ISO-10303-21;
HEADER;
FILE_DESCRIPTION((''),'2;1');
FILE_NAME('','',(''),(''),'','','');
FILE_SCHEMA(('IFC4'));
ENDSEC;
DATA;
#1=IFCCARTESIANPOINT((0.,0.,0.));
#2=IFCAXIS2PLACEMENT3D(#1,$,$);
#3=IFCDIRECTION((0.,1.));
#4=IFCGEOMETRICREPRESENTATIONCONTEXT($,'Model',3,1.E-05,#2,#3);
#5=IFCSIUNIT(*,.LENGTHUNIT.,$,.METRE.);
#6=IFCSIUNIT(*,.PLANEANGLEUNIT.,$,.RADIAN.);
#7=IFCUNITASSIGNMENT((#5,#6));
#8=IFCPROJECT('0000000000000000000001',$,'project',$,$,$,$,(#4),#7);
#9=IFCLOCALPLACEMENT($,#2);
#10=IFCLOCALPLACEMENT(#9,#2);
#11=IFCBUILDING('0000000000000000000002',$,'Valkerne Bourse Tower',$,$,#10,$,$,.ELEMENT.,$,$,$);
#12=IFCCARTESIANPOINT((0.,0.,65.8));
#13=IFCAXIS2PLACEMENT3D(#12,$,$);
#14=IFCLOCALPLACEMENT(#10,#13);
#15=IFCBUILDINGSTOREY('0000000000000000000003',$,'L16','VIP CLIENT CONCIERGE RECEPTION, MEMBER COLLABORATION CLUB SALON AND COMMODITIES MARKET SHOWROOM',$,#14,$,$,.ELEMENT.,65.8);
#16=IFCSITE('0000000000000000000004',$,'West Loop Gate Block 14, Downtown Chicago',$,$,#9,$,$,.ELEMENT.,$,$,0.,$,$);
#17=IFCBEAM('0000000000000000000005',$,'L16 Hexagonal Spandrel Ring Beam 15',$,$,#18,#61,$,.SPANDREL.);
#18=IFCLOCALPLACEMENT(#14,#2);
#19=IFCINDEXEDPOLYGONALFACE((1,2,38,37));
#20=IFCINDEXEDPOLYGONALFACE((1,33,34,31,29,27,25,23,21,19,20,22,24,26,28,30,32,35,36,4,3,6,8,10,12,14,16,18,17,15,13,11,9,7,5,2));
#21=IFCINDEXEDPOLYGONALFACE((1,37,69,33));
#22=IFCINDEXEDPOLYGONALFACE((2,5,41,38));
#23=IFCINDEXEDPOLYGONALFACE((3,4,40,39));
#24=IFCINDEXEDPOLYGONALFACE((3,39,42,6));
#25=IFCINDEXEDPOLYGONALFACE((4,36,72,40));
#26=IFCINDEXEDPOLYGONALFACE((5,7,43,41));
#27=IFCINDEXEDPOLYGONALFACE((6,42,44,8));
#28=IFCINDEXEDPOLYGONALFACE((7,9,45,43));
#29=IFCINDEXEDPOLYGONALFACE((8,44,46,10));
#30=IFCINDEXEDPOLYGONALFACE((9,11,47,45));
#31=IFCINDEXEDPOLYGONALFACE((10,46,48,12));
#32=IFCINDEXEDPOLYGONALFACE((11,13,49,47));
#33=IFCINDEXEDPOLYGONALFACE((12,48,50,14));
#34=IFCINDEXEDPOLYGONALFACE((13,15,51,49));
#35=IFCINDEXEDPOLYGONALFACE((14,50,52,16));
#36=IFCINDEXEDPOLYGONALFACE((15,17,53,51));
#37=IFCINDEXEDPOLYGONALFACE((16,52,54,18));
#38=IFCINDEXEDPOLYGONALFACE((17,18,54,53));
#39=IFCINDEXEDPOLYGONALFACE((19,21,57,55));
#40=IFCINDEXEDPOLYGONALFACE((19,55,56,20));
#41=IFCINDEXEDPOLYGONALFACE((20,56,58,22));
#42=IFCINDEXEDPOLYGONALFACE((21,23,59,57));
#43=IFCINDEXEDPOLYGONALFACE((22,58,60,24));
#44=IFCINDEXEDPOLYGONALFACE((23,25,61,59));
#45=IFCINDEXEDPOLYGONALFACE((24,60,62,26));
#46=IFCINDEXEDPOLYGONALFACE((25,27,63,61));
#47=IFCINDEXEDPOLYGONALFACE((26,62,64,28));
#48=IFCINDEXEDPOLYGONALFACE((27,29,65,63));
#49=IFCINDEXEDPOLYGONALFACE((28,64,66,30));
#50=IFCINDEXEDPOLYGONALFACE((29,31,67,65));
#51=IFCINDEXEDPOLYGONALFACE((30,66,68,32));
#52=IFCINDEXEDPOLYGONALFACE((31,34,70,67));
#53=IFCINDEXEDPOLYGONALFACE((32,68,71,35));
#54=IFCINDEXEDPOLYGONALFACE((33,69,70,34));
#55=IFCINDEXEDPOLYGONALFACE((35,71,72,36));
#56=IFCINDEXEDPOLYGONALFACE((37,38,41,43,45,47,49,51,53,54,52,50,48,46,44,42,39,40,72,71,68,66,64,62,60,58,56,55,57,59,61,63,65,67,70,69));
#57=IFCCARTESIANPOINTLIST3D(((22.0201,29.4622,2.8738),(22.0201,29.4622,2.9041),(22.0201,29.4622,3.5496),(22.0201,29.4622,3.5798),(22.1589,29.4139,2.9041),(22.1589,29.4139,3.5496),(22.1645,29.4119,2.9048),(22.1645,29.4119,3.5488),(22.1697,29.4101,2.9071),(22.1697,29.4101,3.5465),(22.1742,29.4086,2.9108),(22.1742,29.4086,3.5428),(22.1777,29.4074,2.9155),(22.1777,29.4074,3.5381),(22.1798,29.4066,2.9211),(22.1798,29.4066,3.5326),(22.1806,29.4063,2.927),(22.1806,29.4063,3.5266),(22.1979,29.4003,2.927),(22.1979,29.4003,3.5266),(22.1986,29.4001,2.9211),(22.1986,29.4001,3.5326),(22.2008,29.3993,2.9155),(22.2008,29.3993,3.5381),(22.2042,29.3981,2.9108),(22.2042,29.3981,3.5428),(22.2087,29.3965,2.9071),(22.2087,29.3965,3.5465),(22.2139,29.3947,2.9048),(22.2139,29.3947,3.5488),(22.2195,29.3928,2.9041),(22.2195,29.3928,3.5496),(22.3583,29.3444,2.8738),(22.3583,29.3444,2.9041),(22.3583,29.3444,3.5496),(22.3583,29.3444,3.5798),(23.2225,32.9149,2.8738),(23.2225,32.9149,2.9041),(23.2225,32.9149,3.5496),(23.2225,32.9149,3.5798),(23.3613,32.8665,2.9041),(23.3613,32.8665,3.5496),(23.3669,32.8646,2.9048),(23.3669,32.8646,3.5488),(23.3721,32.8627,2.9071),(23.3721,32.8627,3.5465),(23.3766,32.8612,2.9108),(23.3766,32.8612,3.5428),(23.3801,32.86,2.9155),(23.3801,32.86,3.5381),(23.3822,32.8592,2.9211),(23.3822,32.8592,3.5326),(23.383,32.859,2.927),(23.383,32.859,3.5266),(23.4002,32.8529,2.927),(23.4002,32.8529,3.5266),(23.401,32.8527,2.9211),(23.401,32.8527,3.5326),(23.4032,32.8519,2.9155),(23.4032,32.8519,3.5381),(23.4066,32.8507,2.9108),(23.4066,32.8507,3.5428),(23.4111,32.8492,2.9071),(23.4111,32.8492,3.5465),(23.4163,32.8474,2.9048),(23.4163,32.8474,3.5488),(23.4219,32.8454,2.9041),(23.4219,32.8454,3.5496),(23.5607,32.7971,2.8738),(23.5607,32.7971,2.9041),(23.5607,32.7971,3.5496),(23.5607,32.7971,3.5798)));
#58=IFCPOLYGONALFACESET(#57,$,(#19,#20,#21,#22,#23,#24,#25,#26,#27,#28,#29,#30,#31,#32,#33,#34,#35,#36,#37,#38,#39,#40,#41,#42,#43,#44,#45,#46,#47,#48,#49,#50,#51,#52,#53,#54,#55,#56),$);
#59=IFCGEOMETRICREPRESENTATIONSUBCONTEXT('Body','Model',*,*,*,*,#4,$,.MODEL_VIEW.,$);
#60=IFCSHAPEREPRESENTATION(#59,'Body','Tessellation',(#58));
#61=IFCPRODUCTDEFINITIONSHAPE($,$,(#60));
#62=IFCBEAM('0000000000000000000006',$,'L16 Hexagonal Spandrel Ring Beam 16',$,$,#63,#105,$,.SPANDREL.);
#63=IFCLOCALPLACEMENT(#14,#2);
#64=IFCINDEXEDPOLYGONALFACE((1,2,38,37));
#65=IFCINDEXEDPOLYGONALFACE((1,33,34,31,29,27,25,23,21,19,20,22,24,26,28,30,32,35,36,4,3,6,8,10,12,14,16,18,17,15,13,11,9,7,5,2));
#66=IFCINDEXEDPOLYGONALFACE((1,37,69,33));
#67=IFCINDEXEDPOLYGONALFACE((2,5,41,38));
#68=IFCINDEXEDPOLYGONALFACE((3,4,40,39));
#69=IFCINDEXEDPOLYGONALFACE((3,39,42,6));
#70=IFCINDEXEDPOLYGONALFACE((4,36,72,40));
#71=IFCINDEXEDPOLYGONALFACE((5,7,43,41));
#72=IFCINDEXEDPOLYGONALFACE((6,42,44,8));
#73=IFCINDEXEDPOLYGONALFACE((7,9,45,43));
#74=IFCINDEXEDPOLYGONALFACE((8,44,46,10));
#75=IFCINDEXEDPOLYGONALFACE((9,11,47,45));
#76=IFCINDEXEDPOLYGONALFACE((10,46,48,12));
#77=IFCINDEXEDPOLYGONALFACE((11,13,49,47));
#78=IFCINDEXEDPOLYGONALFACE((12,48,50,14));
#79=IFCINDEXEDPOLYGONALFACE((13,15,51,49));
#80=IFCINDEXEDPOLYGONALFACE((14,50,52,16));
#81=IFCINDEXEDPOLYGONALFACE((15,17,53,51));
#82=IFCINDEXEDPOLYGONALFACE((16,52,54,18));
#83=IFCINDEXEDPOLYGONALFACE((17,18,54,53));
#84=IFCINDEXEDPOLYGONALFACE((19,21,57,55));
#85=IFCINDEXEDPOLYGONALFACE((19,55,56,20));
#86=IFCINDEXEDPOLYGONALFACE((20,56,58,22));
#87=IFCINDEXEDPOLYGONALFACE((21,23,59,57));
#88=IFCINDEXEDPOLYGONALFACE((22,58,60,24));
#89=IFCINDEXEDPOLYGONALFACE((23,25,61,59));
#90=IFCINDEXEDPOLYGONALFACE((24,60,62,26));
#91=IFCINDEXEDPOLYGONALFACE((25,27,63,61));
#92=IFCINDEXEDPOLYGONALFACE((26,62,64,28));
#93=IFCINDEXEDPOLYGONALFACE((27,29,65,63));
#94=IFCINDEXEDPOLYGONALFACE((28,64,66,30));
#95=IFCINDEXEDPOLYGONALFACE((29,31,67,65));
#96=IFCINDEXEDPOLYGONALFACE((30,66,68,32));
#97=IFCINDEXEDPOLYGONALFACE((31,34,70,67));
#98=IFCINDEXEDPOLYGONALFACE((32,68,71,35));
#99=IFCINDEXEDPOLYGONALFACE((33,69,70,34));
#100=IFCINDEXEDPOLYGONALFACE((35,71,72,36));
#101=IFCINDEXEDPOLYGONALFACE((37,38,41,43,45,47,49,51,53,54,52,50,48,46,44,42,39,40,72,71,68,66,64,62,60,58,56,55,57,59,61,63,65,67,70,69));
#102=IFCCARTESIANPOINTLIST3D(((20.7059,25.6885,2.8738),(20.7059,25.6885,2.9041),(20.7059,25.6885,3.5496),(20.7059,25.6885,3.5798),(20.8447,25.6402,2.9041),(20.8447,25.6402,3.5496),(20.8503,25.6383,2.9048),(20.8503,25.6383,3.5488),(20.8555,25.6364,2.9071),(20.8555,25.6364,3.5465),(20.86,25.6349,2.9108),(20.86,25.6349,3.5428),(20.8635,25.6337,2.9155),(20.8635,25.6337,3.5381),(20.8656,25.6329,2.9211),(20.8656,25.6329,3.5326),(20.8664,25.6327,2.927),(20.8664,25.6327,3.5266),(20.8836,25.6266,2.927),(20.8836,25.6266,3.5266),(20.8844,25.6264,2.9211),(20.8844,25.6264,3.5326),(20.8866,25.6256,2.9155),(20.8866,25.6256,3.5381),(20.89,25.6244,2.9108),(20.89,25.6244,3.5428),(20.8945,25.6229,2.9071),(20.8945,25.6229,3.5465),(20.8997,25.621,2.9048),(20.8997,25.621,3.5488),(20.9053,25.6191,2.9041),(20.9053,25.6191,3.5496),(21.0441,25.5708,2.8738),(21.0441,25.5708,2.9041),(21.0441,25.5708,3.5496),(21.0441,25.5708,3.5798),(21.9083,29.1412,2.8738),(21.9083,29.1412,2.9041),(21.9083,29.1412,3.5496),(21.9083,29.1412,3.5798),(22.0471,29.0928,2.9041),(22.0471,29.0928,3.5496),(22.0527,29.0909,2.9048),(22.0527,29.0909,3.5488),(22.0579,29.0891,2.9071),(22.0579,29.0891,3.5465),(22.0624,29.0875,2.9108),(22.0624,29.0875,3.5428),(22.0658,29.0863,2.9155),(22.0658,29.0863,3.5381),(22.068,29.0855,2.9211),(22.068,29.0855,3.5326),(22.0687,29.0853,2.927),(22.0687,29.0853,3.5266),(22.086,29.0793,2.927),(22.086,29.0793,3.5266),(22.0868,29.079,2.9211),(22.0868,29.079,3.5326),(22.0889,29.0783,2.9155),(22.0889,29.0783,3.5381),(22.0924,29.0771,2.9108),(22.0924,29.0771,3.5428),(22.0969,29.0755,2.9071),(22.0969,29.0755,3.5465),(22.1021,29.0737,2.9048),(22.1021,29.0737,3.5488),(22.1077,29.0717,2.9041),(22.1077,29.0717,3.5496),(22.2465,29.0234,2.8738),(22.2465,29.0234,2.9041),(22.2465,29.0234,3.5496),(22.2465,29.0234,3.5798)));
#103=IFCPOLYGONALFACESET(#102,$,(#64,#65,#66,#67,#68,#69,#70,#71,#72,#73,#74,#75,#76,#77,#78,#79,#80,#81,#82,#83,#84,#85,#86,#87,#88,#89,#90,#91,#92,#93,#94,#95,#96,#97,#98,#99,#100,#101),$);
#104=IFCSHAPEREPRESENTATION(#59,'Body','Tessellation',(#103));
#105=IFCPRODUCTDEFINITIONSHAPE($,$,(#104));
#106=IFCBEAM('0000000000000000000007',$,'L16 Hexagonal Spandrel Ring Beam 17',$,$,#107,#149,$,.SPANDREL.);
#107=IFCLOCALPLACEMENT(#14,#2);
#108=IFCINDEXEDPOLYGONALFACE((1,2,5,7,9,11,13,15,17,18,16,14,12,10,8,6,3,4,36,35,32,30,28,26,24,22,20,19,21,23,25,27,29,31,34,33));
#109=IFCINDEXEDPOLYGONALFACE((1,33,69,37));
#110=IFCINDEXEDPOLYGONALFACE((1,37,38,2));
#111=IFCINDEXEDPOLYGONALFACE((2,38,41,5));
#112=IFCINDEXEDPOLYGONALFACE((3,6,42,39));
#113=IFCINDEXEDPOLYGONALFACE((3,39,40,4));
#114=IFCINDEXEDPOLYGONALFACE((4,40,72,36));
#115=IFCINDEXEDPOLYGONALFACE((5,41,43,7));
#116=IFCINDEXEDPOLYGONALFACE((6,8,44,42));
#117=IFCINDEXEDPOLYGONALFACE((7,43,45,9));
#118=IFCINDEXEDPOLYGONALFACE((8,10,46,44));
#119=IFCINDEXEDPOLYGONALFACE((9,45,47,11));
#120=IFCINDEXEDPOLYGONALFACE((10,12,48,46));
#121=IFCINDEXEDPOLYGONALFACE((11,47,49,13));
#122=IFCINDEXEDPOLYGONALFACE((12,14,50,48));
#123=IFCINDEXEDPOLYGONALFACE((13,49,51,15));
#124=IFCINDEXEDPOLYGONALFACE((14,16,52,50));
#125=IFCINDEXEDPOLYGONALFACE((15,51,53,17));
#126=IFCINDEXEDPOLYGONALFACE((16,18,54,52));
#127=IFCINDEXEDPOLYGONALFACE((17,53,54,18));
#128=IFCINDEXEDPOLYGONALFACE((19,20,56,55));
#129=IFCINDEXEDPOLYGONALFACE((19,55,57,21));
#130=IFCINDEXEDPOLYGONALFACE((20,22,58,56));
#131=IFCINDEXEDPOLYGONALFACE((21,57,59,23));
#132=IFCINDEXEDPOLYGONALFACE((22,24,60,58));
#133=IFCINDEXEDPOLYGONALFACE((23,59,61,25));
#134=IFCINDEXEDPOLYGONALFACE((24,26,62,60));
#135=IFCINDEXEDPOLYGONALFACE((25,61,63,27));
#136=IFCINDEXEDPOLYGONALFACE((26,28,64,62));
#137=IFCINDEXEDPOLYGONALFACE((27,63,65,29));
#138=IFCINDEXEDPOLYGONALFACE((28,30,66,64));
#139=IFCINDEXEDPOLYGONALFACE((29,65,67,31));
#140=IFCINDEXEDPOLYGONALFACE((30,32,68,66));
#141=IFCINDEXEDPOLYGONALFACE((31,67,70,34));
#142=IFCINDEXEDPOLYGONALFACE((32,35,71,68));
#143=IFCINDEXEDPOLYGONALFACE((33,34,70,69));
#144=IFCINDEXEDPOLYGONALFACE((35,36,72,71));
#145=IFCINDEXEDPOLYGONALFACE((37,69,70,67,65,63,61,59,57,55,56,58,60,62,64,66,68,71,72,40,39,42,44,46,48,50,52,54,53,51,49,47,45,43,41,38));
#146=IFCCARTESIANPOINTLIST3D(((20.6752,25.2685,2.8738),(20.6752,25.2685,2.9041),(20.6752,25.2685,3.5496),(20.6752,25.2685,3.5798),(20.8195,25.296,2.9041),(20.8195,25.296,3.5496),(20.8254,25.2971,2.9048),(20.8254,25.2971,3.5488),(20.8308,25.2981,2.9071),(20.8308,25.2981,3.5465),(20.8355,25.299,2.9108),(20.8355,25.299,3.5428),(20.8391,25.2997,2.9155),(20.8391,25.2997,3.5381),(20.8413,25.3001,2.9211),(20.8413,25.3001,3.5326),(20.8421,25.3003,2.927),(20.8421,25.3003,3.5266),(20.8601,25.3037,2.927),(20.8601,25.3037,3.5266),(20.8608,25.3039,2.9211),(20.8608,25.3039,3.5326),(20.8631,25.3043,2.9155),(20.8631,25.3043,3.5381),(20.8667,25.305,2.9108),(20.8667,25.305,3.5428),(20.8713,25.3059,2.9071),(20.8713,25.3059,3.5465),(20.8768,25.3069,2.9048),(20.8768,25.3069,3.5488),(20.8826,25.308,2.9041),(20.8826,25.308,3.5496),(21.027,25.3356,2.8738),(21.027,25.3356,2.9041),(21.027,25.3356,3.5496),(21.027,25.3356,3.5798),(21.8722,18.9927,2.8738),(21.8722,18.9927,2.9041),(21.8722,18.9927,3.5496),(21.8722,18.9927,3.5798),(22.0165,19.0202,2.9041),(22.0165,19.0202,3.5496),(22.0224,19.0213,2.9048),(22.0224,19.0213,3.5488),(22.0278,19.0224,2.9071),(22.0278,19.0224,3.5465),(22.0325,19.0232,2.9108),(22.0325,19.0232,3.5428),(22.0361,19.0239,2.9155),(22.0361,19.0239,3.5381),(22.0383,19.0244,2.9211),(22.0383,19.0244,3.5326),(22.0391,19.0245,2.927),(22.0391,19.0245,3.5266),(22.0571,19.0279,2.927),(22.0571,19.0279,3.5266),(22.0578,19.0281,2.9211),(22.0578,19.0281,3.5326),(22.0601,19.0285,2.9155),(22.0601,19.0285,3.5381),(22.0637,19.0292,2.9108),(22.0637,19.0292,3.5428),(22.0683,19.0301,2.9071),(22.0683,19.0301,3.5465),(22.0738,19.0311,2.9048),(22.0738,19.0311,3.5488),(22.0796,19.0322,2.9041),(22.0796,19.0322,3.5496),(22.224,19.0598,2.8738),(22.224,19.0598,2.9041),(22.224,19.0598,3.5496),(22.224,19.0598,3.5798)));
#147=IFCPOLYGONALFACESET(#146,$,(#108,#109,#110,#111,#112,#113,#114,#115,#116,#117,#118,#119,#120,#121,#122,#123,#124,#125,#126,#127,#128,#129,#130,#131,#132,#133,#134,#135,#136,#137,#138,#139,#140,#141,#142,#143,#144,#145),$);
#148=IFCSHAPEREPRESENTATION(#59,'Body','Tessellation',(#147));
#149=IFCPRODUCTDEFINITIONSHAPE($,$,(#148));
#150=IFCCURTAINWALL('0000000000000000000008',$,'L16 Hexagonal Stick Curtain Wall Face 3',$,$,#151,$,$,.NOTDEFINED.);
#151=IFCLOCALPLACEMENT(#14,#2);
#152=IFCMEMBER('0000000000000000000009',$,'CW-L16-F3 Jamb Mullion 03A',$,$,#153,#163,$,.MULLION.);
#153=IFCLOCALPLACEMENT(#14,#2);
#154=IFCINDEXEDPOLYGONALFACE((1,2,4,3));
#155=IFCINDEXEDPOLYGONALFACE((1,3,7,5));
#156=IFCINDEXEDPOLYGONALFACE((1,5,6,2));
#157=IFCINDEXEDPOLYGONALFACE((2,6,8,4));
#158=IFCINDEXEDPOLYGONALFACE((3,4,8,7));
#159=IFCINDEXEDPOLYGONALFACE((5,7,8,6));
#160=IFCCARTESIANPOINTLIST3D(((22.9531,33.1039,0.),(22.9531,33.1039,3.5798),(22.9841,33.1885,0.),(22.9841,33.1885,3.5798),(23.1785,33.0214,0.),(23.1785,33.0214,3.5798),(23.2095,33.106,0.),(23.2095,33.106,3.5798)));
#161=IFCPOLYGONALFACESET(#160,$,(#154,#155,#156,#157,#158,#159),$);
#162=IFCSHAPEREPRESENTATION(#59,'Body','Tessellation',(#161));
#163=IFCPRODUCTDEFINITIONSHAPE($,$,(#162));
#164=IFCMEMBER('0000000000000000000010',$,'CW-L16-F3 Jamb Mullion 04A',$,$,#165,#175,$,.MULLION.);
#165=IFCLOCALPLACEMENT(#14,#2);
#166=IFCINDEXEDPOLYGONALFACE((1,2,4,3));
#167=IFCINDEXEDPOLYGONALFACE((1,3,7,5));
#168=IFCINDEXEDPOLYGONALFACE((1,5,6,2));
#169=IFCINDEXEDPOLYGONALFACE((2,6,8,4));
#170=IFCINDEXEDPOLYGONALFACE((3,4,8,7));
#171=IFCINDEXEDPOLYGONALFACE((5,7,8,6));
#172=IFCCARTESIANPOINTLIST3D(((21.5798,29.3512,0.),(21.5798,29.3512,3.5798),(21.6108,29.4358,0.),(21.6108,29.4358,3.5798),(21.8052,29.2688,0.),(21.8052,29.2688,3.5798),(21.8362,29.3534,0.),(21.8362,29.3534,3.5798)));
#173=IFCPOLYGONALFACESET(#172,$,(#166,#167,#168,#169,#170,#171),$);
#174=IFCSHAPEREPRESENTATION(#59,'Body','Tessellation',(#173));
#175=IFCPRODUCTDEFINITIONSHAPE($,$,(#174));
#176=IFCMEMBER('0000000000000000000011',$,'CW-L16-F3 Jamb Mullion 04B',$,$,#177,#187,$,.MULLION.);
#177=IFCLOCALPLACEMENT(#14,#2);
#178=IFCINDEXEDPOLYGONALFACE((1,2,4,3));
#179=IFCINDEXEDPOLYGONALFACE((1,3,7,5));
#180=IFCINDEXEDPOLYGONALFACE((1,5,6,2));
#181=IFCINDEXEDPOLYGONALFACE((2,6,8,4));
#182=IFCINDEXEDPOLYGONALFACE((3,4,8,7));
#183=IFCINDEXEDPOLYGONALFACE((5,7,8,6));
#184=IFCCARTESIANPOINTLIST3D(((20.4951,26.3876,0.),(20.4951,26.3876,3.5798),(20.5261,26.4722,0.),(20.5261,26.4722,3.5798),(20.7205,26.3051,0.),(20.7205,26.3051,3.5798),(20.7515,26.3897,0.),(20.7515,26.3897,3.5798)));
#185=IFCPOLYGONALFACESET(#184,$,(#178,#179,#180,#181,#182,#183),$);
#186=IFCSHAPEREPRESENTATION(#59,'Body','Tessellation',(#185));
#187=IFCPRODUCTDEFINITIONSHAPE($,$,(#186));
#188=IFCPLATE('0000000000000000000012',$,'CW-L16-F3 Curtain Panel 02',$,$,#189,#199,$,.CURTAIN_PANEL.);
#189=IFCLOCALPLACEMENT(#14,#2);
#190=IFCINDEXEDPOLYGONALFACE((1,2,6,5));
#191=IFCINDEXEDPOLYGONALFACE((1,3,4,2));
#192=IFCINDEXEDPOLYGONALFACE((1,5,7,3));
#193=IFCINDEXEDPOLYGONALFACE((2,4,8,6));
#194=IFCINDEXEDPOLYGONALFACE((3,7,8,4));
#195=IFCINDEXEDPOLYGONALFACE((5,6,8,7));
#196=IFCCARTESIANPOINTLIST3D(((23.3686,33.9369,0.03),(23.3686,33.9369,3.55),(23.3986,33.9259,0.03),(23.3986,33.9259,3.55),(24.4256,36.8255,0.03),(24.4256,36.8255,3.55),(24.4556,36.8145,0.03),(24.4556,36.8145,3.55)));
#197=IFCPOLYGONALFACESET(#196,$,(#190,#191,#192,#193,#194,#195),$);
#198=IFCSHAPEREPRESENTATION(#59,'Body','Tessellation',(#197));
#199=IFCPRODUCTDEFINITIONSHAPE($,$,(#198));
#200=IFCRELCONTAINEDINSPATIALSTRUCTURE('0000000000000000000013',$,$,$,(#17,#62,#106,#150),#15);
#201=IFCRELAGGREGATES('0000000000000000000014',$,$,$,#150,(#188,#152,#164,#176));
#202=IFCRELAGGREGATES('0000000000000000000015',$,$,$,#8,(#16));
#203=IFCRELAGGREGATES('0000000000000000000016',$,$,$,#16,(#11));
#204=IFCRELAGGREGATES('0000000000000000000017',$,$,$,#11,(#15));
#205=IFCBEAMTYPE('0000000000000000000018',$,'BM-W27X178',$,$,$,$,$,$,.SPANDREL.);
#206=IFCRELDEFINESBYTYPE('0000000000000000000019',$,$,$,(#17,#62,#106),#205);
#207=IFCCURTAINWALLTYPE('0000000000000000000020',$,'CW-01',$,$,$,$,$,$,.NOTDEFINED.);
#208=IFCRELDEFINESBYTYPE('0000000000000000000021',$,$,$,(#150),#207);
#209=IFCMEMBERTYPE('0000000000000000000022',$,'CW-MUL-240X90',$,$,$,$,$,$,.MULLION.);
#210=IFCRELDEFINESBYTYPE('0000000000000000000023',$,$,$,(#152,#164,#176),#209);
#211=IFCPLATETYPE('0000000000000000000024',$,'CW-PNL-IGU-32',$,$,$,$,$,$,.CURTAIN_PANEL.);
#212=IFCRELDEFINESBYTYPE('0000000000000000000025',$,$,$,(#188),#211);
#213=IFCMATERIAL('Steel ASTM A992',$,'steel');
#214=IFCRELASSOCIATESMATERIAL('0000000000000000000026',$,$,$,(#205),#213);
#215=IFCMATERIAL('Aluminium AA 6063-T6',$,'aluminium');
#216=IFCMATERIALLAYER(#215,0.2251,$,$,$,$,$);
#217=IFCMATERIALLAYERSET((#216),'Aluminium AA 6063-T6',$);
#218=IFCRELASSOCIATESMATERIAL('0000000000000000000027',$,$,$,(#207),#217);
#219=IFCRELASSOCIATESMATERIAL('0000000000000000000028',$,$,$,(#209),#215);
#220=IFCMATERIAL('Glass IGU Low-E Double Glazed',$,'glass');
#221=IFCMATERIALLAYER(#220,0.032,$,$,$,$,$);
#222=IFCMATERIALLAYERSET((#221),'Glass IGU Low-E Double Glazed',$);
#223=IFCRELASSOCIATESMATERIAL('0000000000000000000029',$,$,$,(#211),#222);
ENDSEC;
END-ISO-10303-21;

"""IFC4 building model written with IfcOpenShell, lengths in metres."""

from ifc_helpers import new_model, si_unit, direction, frame, origin, origin_2d, place, context, subcontext, project, spatial, rectangle, i_section, extrude, material, layer, layer_set, material_profile, profile_set, type_object, element, aggregate, save


model = new_model("IFC4")

# Units and contexts
model_context = context("Model", 3, precision=1e-05, world=origin(), true_north=direction((0.0, 1.0)))
body_context = subcontext(model_context, "Body", "Model", "MODEL_VIEW")
ifc_project = project(units=[si_unit("LENGTHUNIT", "METRE"), si_unit("PLANEANGLEUNIT", "RADIAN")], contexts=[model_context])

# Site, building, storey
site_placement = place(None, origin())
site = spatial("IfcSite", under=ifc_project, at=site_placement, Name="West Loop Gate Block 14, Downtown Chicago", CompositionType="ELEMENT", RefElevation=0.0)
building_placement = place(site_placement, origin())
building = spatial("IfcBuilding", under=site, at=building_placement, Name="Valkerne Bourse Tower", CompositionType="ELEMENT")
storey_placement = place(building_placement, frame((0.0, 0.0, 65.8)))
storey = spatial("IfcBuildingStorey", under=building, at=storey_placement, Name="L16", Description="VIP CLIENT CONCIERGE RECEPTION, MEMBER COLLABORATION CLUB SALON AND COMMODITIES MARKET SHOWROOM", CompositionType="ELEMENT", Elevation=65.8)

# Beams
ifc_material_1 = material(Name="Steel ASTM A992", Category="steel")
ifc_material_profile_1 = material_profile(ifc_material_1, i_section(OverallWidth=0.3582, OverallDepth=0.7061, WebThickness=0.0183, FlangeThickness=0.0303, FilletRadius=0.0229, at=origin_2d()), Name="W27X178")
ifc_profile_set_1 = profile_set([ifc_material_profile_1], Name="Steel ASTM A992")
beam_type_1 = type_object("IfcBeamType", Name="BM-W27X178", PredefinedType="SPANDREL", material=ifc_profile_set_1)
for number, where, z_axis, x_axis, name in (
    (1, (23.3916, 32.856, 3.2268), (-0.328881, -0.944372, 0.0), (0.944372, -0.328881, 0.0), "L16 Hexagonal Spandrel Ring Beam 15"),
    (2, (22.0774, 29.0823, 3.2268), (-0.328881, -0.944372, 0.0), (0.944372, -0.328881, 0.0), "L16 Hexagonal Spandrel Ring Beam 16"),
):
    element("IfcBeam", number, at=place(storey_placement, frame(where, z_axis=z_axis, x_axis=x_axis)), inside=storey, type_object=beam_type_1, Name=name, PredefinedType="SPANDREL", context=body_context, shape_type="SweptSolid", body=[
        extrude(i_section(OverallWidth=0.3582, OverallDepth=0.7061, WebThickness=0.0183, FlangeThickness=0.0303, FilletRadius=0.0229, at=origin_2d()), origin(), (0.0, 0.0, 1.0), 3.656),
    ])
beam_1_placement = place(storey_placement, frame((20.8511, 25.302, 3.2268), z_axis=(0.187356, -0.982292, 0.0), x_axis=(0.982292, 0.187356, 0.0)))
element("IfcBeam", 3, at=beam_1_placement, inside=storey, type_object=beam_type_1, Name="L16 Hexagonal Spandrel Ring Beam 17", PredefinedType="SPANDREL", context=body_context, shape_type="SweptSolid", body=[
    extrude(i_section(OverallWidth=0.3582, OverallDepth=0.7061, WebThickness=0.0183, FlangeThickness=0.0303, FilletRadius=0.0229, at=origin_2d()), origin(), (0.0, 0.0, 1.0), 6.3889),
])

# Curtain wall, members, plate
ifc_material_2 = material(Name="Aluminium AA 6063-T6", Category="aluminium")
ifc_layer_1 = layer(ifc_material_2, 0.2251)
ifc_layer_set_1 = layer_set([ifc_layer_1], Name="Aluminium AA 6063-T6")
curtain_wall_type = type_object("IfcCurtainWallType", Name="CW-01", PredefinedType="NOTDEFINED", material=ifc_layer_set_1)
curtain_wall_placement = place(storey_placement, origin())
curtain_wall = element("IfcCurtainWall", 4, at=curtain_wall_placement, inside=storey, type_object=curtain_wall_type, Name="L16 Hexagonal Stick Curtain Wall Face 3", PredefinedType="NOTDEFINED")
ifc_material_profile_2 = material_profile(ifc_material_2, rectangle(XDim=0.0901, YDim=0.24, at=origin_2d()), Name="CWM-90X240")
ifc_profile_set_2 = profile_set([ifc_material_profile_2], Name="Aluminium AA 6063-T6")
member_type = type_object("IfcMemberType", Name="CW-MUL-240X90", PredefinedType="MULLION", material=ifc_profile_set_2)
member_1_placement = place(storey_placement, frame((23.0813, 33.105, 0.0), z_axis=(0.0, 0.0, 1.0), x_axis=(-0.343669, -0.939091, 0.0)))
member_1 = element("IfcMember", 5, at=member_1_placement, type_object=member_type, Name="CW-L16-F3 Jamb Mullion 03A", PredefinedType="MULLION", context=body_context, shape_type="SweptSolid", body=[
    extrude(rectangle(XDim=0.0901, YDim=0.24, at=origin_2d()), origin(), (0.0, 0.0, 1.0), 3.5798),
])
member_2_placement = place(storey_placement, frame((21.708, 29.3523, 0.0), z_axis=(0.0, 0.0, 1.0), x_axis=(-0.343661, -0.939094, 0.0)))
member_2 = element("IfcMember", 6, at=member_2_placement, type_object=member_type, Name="CW-L16-F3 Jamb Mullion 04A", PredefinedType="MULLION", context=body_context, shape_type="SweptSolid", body=[
    extrude(rectangle(XDim=0.0901, YDim=0.24, at=origin_2d()), origin(), (0.0, 0.0, 1.0), 3.5798),
])
member_3_placement = place(storey_placement, frame((20.6233, 26.3887, 0.0), z_axis=(0.0, 0.0, 1.0), x_axis=(-0.343661, -0.939094, 0.0)))
member_3 = element("IfcMember", 7, at=member_3_placement, type_object=member_type, Name="CW-L16-F3 Jamb Mullion 04B", PredefinedType="MULLION", context=body_context, shape_type="SweptSolid", body=[
    extrude(rectangle(XDim=0.0901, YDim=0.24, at=origin_2d()), origin(), (0.0, 0.0, 1.0), 3.5798),
])
ifc_material_3 = material(Name="Glass IGU Low-E Double Glazed", Category="glass")
ifc_layer_2 = layer(ifc_material_3, 0.032)
ifc_layer_set_2 = layer_set([ifc_layer_2], Name="Glass IGU Low-E Double Glazed")
plate_type = type_object("IfcPlateType", Name="CW-PNL-IGU-32", PredefinedType="CURTAIN_PANEL", material=ifc_layer_set_2)
plate_1_placement = place(storey_placement, frame((23.9121, 35.3757, 0.03), z_axis=(0.0, 0.0, 1.0), x_axis=(-0.343647, -0.939099, 0.0)))
plate_1 = element("IfcPlate", 8, at=plate_1_placement, type_object=plate_type, Name="CW-L16-F3 Curtain Panel 02", PredefinedType="CURTAIN_PANEL", context=body_context, shape_type="SweptSolid", body=[
    extrude(rectangle(XDim=3.0759, YDim=0.032, at=origin_2d()), origin(), (0.0, 0.0, 1.0), 3.52),
])
aggregate(curtain_wall, [plate_1, member_1, member_2, member_3])

save(model, "model.ifc")
